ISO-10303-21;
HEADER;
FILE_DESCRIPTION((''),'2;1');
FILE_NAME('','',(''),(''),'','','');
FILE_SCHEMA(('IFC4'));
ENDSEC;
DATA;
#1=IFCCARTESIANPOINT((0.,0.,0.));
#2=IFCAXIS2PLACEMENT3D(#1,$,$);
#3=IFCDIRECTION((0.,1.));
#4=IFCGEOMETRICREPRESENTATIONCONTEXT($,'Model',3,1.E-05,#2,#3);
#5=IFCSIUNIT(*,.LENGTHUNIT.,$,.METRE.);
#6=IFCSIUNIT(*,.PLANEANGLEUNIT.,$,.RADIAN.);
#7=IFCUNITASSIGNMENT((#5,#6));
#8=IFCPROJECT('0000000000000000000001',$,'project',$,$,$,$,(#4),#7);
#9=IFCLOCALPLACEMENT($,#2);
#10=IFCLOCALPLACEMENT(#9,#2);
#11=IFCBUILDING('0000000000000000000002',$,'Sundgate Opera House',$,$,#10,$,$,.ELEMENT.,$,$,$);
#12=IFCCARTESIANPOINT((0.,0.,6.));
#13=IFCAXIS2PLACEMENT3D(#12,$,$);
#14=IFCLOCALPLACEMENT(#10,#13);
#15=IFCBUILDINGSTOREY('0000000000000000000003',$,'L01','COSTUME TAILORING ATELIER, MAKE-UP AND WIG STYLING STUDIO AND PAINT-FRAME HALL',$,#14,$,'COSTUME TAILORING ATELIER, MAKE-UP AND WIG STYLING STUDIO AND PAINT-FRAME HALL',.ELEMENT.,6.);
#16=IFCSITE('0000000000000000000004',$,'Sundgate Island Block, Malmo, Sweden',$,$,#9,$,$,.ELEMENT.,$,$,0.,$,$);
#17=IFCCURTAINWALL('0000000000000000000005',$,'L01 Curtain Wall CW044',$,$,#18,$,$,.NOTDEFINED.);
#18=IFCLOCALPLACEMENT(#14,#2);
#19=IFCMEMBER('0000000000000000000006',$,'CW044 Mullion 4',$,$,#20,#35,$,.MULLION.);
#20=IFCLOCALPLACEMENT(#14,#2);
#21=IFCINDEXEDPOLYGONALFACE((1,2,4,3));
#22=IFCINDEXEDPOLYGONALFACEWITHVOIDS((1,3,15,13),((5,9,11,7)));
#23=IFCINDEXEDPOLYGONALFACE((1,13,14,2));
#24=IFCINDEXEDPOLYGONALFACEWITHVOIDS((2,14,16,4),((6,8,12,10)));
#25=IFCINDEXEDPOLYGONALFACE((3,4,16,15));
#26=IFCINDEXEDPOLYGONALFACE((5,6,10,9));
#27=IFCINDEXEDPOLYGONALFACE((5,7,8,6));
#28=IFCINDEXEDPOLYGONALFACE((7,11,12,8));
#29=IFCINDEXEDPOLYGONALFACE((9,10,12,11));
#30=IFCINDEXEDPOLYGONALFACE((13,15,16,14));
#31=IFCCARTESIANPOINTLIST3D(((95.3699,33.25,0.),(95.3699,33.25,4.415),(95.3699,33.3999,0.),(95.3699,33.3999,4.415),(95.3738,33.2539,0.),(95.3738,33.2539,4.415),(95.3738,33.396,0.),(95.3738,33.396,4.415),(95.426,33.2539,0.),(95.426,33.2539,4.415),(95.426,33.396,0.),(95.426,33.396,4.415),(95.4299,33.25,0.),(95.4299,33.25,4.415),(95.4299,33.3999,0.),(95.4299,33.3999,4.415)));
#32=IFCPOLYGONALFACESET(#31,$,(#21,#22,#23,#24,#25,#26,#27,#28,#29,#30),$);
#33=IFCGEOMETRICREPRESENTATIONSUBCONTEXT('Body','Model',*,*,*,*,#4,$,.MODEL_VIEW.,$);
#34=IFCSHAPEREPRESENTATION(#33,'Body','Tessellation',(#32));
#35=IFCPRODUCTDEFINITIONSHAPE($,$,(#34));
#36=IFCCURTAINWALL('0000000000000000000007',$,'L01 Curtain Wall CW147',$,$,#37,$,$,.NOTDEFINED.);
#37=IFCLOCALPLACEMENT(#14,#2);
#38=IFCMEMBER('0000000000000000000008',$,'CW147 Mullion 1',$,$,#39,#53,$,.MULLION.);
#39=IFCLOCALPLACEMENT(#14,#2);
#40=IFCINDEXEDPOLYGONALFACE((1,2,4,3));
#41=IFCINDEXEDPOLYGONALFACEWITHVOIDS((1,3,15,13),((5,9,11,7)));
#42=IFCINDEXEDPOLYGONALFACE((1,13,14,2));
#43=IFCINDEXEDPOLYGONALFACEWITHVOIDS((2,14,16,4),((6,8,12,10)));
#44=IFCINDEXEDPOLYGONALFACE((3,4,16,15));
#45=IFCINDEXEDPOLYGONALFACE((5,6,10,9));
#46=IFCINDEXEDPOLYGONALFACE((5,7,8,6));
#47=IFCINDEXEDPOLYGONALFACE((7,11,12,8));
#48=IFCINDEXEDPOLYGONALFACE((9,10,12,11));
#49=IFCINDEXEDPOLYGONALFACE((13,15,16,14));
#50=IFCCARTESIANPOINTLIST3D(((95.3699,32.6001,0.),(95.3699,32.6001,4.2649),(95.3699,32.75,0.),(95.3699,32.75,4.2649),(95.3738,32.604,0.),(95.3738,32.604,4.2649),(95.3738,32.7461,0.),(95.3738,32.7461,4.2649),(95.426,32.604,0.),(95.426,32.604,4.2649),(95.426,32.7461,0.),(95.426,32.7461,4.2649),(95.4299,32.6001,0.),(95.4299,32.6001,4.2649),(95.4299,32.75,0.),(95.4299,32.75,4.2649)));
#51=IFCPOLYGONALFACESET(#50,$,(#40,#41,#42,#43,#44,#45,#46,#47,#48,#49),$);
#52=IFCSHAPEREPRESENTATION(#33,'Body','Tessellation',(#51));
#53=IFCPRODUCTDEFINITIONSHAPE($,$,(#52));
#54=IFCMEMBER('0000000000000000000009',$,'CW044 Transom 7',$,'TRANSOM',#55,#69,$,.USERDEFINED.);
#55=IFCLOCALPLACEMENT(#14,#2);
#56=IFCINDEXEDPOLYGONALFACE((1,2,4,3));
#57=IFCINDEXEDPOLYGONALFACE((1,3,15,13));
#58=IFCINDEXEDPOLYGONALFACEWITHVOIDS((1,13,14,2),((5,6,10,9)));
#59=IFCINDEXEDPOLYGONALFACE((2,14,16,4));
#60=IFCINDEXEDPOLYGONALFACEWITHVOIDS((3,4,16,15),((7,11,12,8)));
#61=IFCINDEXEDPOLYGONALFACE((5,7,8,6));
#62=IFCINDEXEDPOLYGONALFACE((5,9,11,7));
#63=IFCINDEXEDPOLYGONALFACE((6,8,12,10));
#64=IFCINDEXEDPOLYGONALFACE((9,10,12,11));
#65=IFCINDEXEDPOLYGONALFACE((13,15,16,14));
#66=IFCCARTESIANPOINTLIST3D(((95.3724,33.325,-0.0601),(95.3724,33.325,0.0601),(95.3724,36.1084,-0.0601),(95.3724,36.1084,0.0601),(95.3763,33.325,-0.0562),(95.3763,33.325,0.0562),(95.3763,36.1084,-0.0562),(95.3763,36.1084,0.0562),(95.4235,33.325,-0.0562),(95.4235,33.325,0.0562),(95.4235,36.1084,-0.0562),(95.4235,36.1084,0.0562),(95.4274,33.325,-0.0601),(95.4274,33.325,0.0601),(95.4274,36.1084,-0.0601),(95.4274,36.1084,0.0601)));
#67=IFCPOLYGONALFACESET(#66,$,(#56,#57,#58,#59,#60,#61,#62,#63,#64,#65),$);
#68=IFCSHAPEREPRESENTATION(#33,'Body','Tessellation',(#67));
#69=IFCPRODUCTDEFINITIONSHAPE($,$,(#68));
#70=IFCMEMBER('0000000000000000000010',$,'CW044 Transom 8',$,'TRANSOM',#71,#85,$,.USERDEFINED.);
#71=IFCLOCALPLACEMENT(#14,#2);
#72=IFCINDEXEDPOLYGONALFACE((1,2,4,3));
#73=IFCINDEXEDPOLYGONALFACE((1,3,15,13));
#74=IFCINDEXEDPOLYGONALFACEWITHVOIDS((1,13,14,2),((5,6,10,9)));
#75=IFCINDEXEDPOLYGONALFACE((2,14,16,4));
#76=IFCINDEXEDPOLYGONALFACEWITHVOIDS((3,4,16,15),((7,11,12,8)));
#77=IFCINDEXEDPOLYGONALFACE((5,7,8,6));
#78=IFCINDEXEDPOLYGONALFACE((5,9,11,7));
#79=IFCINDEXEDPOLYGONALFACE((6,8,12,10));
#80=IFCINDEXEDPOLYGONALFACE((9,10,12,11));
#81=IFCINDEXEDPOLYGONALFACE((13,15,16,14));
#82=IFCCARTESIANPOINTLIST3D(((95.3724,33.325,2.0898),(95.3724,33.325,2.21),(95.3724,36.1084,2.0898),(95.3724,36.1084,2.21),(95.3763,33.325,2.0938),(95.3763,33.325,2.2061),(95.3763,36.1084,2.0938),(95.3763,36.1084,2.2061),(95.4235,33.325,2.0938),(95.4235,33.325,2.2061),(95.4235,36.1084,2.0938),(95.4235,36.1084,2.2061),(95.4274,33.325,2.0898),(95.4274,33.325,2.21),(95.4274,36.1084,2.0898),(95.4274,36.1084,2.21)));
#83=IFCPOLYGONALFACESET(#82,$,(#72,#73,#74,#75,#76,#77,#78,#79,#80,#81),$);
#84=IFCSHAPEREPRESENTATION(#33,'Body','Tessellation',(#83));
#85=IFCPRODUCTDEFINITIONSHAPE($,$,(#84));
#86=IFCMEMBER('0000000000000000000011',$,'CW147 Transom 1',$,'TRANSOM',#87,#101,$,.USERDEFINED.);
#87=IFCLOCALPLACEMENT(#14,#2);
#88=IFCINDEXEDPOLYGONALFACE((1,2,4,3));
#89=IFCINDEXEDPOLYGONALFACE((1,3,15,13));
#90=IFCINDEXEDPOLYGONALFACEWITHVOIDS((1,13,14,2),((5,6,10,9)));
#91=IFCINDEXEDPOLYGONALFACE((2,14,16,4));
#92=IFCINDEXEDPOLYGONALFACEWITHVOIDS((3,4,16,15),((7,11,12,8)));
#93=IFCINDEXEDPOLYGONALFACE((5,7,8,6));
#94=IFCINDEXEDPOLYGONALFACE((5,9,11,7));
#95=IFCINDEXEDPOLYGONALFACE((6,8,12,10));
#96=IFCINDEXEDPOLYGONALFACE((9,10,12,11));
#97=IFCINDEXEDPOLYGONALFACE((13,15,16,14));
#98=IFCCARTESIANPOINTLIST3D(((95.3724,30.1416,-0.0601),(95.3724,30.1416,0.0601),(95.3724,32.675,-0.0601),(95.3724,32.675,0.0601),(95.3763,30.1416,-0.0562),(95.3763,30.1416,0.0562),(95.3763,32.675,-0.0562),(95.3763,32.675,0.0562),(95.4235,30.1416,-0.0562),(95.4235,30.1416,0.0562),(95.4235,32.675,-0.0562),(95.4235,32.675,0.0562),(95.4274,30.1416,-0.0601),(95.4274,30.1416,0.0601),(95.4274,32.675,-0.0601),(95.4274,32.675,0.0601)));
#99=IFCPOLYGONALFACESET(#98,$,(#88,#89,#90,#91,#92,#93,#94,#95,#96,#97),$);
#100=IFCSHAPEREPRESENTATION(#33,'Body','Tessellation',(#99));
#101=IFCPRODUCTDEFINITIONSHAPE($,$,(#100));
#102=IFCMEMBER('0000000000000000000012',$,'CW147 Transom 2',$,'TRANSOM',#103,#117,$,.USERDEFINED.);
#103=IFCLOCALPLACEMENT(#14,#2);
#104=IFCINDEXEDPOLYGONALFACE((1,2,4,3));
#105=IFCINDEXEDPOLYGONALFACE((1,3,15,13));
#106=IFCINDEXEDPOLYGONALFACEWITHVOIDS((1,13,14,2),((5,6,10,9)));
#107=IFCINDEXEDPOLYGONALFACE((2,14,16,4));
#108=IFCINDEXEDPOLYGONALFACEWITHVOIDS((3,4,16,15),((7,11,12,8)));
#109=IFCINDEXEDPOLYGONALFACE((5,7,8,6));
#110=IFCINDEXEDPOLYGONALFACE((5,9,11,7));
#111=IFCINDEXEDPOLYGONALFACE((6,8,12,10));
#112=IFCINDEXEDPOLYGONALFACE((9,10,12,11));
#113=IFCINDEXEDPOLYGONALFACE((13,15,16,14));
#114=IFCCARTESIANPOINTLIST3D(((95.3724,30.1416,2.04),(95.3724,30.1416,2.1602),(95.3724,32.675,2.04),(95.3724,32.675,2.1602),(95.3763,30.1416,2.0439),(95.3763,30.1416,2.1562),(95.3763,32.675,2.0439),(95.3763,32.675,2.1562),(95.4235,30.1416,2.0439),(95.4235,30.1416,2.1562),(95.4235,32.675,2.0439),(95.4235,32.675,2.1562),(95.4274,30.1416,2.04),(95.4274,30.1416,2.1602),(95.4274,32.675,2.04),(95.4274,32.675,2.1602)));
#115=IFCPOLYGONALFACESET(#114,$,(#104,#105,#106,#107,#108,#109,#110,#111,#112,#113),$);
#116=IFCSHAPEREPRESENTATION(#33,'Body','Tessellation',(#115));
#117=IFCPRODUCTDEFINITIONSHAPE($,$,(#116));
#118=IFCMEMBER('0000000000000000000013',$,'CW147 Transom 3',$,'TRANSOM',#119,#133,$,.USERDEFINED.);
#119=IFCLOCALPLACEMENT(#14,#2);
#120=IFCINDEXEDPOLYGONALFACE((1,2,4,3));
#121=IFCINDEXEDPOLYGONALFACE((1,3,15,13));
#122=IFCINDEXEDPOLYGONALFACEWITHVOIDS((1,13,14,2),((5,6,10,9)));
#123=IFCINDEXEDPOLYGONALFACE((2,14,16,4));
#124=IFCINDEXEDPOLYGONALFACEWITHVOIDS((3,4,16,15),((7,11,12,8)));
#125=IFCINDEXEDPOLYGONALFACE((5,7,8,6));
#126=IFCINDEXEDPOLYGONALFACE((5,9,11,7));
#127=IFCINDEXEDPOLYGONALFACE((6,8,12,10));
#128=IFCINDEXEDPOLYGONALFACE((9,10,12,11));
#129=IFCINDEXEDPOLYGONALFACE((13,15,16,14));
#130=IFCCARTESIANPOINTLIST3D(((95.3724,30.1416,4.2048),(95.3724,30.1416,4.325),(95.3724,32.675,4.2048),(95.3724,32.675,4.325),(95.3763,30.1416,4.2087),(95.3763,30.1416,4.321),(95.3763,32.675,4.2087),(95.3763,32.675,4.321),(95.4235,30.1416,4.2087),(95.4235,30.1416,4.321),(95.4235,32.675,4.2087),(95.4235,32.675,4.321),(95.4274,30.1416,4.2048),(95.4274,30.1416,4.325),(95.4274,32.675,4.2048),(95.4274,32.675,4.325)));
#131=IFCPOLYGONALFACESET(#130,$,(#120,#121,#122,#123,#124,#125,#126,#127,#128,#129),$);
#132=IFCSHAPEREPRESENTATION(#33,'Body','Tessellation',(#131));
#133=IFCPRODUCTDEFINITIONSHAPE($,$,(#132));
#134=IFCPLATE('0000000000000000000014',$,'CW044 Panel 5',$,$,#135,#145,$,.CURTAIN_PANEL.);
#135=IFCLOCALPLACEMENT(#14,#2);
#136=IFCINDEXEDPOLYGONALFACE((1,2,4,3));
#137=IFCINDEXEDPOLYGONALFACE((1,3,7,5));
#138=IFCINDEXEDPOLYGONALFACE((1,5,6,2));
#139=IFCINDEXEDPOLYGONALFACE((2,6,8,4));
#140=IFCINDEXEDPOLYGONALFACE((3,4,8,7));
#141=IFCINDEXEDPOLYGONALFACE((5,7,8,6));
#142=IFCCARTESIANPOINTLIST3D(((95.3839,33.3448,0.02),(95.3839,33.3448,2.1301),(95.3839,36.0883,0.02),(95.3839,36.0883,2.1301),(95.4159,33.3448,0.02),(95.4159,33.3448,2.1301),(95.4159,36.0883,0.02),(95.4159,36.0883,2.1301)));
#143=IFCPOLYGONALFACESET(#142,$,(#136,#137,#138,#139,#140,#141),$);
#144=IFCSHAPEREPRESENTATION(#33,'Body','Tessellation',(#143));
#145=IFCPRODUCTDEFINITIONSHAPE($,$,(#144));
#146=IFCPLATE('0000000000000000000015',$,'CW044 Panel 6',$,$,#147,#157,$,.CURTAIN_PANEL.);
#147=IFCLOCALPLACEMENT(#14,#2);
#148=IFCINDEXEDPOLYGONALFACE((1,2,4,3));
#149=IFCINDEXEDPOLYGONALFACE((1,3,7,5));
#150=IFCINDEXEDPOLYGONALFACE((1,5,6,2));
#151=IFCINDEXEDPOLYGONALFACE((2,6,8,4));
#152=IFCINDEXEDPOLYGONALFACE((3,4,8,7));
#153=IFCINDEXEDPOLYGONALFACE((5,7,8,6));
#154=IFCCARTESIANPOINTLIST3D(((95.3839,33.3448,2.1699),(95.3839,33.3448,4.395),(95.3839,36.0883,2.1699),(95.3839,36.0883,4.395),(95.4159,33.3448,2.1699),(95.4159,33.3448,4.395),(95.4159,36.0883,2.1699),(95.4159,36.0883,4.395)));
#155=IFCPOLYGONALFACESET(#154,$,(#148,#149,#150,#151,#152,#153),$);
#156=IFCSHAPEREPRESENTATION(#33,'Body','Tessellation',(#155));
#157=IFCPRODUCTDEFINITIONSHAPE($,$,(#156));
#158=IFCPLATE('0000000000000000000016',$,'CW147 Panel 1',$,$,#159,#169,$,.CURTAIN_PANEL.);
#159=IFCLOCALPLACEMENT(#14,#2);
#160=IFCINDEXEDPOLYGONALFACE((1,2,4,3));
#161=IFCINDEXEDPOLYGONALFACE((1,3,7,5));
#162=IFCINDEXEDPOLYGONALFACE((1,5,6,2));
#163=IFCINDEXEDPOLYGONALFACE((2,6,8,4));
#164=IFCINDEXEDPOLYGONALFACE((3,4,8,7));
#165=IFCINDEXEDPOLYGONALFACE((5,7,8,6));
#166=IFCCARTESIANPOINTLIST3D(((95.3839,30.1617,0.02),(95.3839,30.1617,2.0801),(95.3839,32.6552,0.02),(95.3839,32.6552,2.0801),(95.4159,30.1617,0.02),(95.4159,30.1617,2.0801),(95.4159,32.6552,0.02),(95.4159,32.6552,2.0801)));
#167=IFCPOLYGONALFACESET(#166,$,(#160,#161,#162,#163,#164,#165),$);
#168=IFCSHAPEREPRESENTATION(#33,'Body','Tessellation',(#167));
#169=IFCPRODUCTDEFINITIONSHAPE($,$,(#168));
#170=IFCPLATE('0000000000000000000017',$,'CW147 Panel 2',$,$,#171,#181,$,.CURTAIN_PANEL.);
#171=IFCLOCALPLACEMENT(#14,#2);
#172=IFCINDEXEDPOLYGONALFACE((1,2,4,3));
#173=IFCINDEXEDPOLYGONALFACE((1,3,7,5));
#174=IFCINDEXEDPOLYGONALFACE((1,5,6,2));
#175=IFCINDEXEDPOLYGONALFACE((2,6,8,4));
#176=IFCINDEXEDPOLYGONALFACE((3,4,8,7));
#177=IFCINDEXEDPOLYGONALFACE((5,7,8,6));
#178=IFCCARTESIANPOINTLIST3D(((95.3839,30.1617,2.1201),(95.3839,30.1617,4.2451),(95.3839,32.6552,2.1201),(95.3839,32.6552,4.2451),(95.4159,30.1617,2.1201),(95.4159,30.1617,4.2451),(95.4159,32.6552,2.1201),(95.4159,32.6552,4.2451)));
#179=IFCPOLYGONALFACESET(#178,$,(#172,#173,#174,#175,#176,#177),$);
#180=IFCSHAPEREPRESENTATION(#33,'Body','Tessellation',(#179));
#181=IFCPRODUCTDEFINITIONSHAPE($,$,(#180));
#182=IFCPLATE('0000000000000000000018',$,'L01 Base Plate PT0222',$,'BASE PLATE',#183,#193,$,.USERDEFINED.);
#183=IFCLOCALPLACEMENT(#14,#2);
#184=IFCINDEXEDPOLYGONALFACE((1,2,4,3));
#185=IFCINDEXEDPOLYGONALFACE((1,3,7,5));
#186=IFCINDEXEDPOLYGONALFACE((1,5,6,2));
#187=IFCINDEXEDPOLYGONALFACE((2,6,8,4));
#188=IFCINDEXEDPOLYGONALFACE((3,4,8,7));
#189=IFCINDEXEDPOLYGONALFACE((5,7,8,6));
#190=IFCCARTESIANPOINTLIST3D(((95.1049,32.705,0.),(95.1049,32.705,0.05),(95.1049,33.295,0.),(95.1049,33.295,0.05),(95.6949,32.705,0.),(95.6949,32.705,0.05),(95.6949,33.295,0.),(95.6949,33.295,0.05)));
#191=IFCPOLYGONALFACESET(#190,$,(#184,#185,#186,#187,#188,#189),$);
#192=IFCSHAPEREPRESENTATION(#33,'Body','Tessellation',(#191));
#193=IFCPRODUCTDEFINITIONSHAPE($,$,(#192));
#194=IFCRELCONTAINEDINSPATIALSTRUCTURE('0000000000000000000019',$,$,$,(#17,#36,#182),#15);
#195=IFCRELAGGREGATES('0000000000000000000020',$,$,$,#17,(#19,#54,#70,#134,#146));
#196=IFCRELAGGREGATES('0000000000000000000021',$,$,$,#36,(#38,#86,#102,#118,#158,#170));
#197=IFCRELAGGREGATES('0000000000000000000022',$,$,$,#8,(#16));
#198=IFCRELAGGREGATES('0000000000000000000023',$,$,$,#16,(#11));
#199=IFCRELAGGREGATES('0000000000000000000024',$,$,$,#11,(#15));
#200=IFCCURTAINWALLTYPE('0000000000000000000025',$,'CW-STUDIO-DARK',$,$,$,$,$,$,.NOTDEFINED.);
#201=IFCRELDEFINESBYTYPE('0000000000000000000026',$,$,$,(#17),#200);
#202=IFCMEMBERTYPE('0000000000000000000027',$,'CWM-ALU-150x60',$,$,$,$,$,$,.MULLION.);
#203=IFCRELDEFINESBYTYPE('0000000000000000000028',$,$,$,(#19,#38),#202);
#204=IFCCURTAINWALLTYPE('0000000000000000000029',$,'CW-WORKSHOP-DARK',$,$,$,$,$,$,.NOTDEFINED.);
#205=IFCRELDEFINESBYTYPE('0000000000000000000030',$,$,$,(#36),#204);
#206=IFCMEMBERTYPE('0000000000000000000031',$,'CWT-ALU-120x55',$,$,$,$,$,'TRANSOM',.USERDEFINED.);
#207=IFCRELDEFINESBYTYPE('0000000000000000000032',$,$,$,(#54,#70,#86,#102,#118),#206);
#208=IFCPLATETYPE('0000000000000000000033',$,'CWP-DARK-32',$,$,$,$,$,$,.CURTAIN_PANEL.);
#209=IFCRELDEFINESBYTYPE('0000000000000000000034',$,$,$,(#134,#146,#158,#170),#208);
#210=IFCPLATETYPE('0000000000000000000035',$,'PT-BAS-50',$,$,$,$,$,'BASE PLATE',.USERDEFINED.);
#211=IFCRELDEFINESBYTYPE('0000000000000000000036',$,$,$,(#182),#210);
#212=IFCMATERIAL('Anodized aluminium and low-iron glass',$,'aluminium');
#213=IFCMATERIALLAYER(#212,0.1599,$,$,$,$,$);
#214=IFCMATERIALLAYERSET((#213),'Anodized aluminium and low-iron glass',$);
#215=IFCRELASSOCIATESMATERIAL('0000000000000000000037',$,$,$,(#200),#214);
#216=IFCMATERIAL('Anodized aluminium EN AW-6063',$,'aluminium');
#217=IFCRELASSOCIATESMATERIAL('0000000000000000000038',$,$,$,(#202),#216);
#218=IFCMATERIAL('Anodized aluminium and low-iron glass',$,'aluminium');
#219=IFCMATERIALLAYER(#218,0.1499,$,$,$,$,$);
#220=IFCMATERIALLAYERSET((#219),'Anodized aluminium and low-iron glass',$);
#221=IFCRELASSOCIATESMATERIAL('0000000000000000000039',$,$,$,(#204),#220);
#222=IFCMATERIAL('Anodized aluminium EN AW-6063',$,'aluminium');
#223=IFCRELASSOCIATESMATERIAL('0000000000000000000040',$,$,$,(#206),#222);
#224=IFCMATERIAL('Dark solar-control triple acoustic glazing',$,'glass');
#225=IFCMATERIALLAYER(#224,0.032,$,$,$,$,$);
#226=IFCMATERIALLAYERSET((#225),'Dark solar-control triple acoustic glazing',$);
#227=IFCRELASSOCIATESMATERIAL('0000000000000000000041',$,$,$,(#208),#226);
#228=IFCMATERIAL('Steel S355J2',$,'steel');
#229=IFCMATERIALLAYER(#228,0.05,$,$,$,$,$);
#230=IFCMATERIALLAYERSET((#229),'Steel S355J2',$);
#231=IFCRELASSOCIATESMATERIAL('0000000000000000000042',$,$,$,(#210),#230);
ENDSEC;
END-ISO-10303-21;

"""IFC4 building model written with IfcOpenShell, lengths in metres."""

from ifc_helpers import new_model, si_unit, direction, frame, origin, origin_2d, place, context, subcontext, project, spatial, rectangle, hollow_rectangle, extrude, material, layer, layer_set, material_profile, profile_set, type_object, element, aggregate, save


model = new_model("IFC4")

# Units and contexts
model_context = context("Model", 3, precision=1e-05, world=origin(), true_north=direction((0.0, 1.0)))
body_context = subcontext(model_context, "Body", "Model", "MODEL_VIEW")
ifc_project = project(units=[si_unit("LENGTHUNIT", "METRE"), si_unit("PLANEANGLEUNIT", "RADIAN")], contexts=[model_context])

# Site, building, storey
site_placement = place(None, origin())
site = spatial("IfcSite", under=ifc_project, at=site_placement, Name="Sundgate Island Block, Malmo, Sweden", CompositionType="ELEMENT", RefElevation=0.0)
building_placement = place(site_placement, origin())
building = spatial("IfcBuilding", under=site, at=building_placement, Name="Sundgate Opera House", CompositionType="ELEMENT")
storey_placement = place(building_placement, frame((0.0, 0.0, 6.0)))
storey = spatial("IfcBuildingStorey", under=building, at=storey_placement, Name="L01", Description="COSTUME TAILORING ATELIER, MAKE-UP AND WIG STYLING STUDIO AND PAINT-FRAME HALL", LongName="COSTUME TAILORING ATELIER, MAKE-UP AND WIG STYLING STUDIO AND PAINT-FRAME HALL", CompositionType="ELEMENT", Elevation=6.0)

# Curtain wall, member
ifc_material_1 = material(Name="Anodized aluminium and low-iron glass", Category="aluminium")
ifc_layer_1 = layer(ifc_material_1, 0.1599)
ifc_layer_set_1 = layer_set([ifc_layer_1], Name="Anodized aluminium and low-iron glass")
curtain_wall_type_1 = type_object("IfcCurtainWallType", Name="CW-STUDIO-DARK", PredefinedType="NOTDEFINED", material=ifc_layer_set_1)
curtain_wall_1_placement = place(storey_placement, origin())
curtain_wall_1 = element("IfcCurtainWall", 1, at=curtain_wall_1_placement, inside=storey, type_object=curtain_wall_type_1, Name="L01 Curtain Wall CW044", PredefinedType="NOTDEFINED")
ifc_material_2 = material(Name="Anodized aluminium EN AW-6063", Category="aluminium")
ifc_material_profile_1 = material_profile(ifc_material_2, hollow_rectangle(XDim=0.0601, YDim=0.1499, WallThickness=0.0039, at=origin_2d()), Name="CWM 150x60x4")
ifc_profile_set_1 = profile_set([ifc_material_profile_1], Name="Anodized aluminium EN AW-6063")
member_type_1 = type_object("IfcMemberType", Name="CWM-ALU-150x60", PredefinedType="MULLION", material=ifc_profile_set_1)
member_1_placement = place(storey_placement, frame((95.3999, 33.325, 0.0), z_axis=(0.0, 0.0, 1.0), x_axis=(1.0, 0.0, 0.0)))
member_1 = element("IfcMember", 2, at=member_1_placement, type_object=member_type_1, Name="CW044 Mullion 4", PredefinedType="MULLION", context=body_context, shape_type="SweptSolid", body=[
    extrude(hollow_rectangle(XDim=0.0601, YDim=0.1499, WallThickness=0.0039, at=origin_2d()), origin(), (0.0, 0.0, 1.0), 4.415),
])

# Curtain wall, member
ifc_material_3 = material(Name="Anodized aluminium and low-iron glass", Category="aluminium")
ifc_layer_2 = layer(ifc_material_3, 0.1499)
ifc_layer_set_2 = layer_set([ifc_layer_2], Name="Anodized aluminium and low-iron glass")
curtain_wall_type_2 = type_object("IfcCurtainWallType", Name="CW-WORKSHOP-DARK", PredefinedType="NOTDEFINED", material=ifc_layer_set_2)
curtain_wall_2_placement = place(storey_placement, origin())
curtain_wall_2 = element("IfcCurtainWall", 3, at=curtain_wall_2_placement, inside=storey, type_object=curtain_wall_type_2, Name="L01 Curtain Wall CW147", PredefinedType="NOTDEFINED")
member_2_placement = place(storey_placement, frame((95.3999, 32.675, 0.0), z_axis=(0.0, 0.0, 1.0), x_axis=(1.0, 0.0, 0.0)))
member_2 = element("IfcMember", 4, at=member_2_placement, type_object=member_type_1, Name="CW147 Mullion 1", PredefinedType="MULLION", context=body_context, shape_type="SweptSolid", body=[
    extrude(hollow_rectangle(XDim=0.0601, YDim=0.1499, WallThickness=0.0039, at=origin_2d()), origin(), (0.0, 0.0, 1.0), 4.2649),
])

# Members
ifc_material_4 = material(Name="Anodized aluminium EN AW-6063", Category="aluminium")
ifc_material_profile_2 = material_profile(ifc_material_4, hollow_rectangle(XDim=0.0549, YDim=0.1201, WallThickness=0.0039, at=origin_2d()), Name="CWT 120x55x4")
ifc_profile_set_2 = profile_set([ifc_material_profile_2], Name="Anodized aluminium EN AW-6063")
member_type_2 = type_object("IfcMemberType", Name="CWT-ALU-120x55", ElementType="TRANSOM", PredefinedType="USERDEFINED", material=ifc_profile_set_2)
member_3_placement = place(storey_placement, frame((95.3999, 36.1084, 0.0), z_axis=(0.0, -1.0, 0.0), x_axis=(1.0, 0.0, 0.0)))
member_3 = element("IfcMember", 5, at=member_3_placement, type_object=member_type_2, Name="CW044 Transom 7", ObjectType="TRANSOM", PredefinedType="USERDEFINED", context=body_context, shape_type="SweptSolid", body=[
    extrude(hollow_rectangle(XDim=0.0549, YDim=0.1201, WallThickness=0.0039, at=origin_2d()), origin(), (0.0, 0.0, 1.0), 2.7834),
])
member_4_placement = place(storey_placement, frame((95.3999, 36.1084, 2.1499), z_axis=(0.0, -1.0, 0.0), x_axis=(1.0, 0.0, 0.0)))
member_4 = element("IfcMember", 6, at=member_4_placement, type_object=member_type_2, Name="CW044 Transom 8", ObjectType="TRANSOM", PredefinedType="USERDEFINED", context=body_context, shape_type="SweptSolid", body=[
    extrude(hollow_rectangle(XDim=0.0549, YDim=0.1201, WallThickness=0.0039, at=origin_2d()), origin(), (0.0, 0.0, 1.0), 2.7834),
])
member_5_placement = place(storey_placement, frame((95.3999, 32.675, 0.0), z_axis=(0.0, -1.0, 0.0), x_axis=(1.0, 0.0, 0.0)))
member_5 = element("IfcMember", 7, at=member_5_placement, type_object=member_type_2, Name="CW147 Transom 1", ObjectType="TRANSOM", PredefinedType="USERDEFINED", context=body_context, shape_type="SweptSolid", body=[
    extrude(hollow_rectangle(XDim=0.0549, YDim=0.1201, WallThickness=0.0039, at=origin_2d()), origin(), (0.0, 0.0, 1.0), 2.5334),
])
member_6_placement = place(storey_placement, frame((95.3999, 32.675, 2.1001), z_axis=(0.0, -1.0, 0.0), x_axis=(1.0, 0.0, 0.0)))
member_6 = element("IfcMember", 8, at=member_6_placement, type_object=member_type_2, Name="CW147 Transom 2", ObjectType="TRANSOM", PredefinedType="USERDEFINED", context=body_context, shape_type="SweptSolid", body=[
    extrude(hollow_rectangle(XDim=0.0549, YDim=0.1201, WallThickness=0.0039, at=origin_2d()), origin(), (0.0, 0.0, 1.0), 2.5334),
])
member_7_placement = place(storey_placement, frame((95.3999, 32.675, 4.2649), z_axis=(0.0, -1.0, 0.0), x_axis=(1.0, 0.0, 0.0)))
member_7 = element("IfcMember", 9, at=member_7_placement, type_object=member_type_2, Name="CW147 Transom 3", ObjectType="TRANSOM", PredefinedType="USERDEFINED", context=body_context, shape_type="SweptSolid", body=[
    extrude(hollow_rectangle(XDim=0.0549, YDim=0.1201, WallThickness=0.0039, at=origin_2d()), origin(), (0.0, 0.0, 1.0), 2.5334),
])

# Plates
ifc_material_5 = material(Name="Dark solar-control triple acoustic glazing", Category="glass")
ifc_layer_3 = layer(ifc_material_5, 0.032)
ifc_layer_set_3 = layer_set([ifc_layer_3], Name="Dark solar-control triple acoustic glazing")
plate_type_1 = type_object("IfcPlateType", Name="CWP-DARK-32", PredefinedType="CURTAIN_PANEL", material=ifc_layer_set_3)
plate_1_placement = place(storey_placement, frame((95.3999, 34.7166, 0.02), z_axis=(0.0, 0.0, 1.0), x_axis=(0.0, -1.0, 0.0)))
plate_1 = element("IfcPlate", 10, at=plate_1_placement, type_object=plate_type_1, Name="CW044 Panel 5", PredefinedType="CURTAIN_PANEL", context=body_context, shape_type="SweptSolid", body=[
    extrude(rectangle(XDim=2.7434, YDim=0.032, at=origin_2d()), origin(), (0.0, 0.0, 1.0), 2.1101),
])
plate_2_placement = place(storey_placement, frame((95.3999, 34.7166, 2.1699), z_axis=(0.0, 0.0, 1.0), x_axis=(0.0, -1.0, 0.0)))
plate_2 = element("IfcPlate", 11, at=plate_2_placement, type_object=plate_type_1, Name="CW044 Panel 6", PredefinedType="CURTAIN_PANEL", context=body_context, shape_type="SweptSolid", body=[
    extrude(rectangle(XDim=2.7434, YDim=0.032, at=origin_2d()), origin(), (0.0, 0.0, 1.0), 2.2251),
])
aggregate(curtain_wall_1, [member_1, member_3, member_4, plate_1, plate_2])
plate_3_placement = place(storey_placement, frame((95.3999, 31.4084, 0.02), z_axis=(0.0, 0.0, 1.0), x_axis=(0.0, -1.0, 0.0)))
plate_3 = element("IfcPlate", 12, at=plate_3_placement, type_object=plate_type_1, Name="CW147 Panel 1", PredefinedType="CURTAIN_PANEL", context=body_context, shape_type="SweptSolid", body=[
    extrude(rectangle(XDim=2.4934, YDim=0.032, at=origin_2d()), origin(), (0.0, 0.0, 1.0), 2.0601),
])
plate_4_placement = place(storey_placement, frame((95.3999, 31.4084, 2.1201), z_axis=(0.0, 0.0, 1.0), x_axis=(0.0, -1.0, 0.0)))
plate_4 = element("IfcPlate", 13, at=plate_4_placement, type_object=plate_type_1, Name="CW147 Panel 2", PredefinedType="CURTAIN_PANEL", context=body_context, shape_type="SweptSolid", body=[
    extrude(rectangle(XDim=2.4934, YDim=0.032, at=origin_2d()), origin(), (0.0, 0.0, 1.0), 2.125),
])
aggregate(curtain_wall_2, [member_2, member_5, member_6, member_7, plate_3, plate_4])

# Plate
ifc_material_6 = material(Name="Steel S355J2", Category="steel")
ifc_layer_4 = layer(ifc_material_6, 0.05)
ifc_layer_set_4 = layer_set([ifc_layer_4], Name="Steel S355J2")
plate_type_2 = type_object("IfcPlateType", Name="PT-BAS-50", ElementType="BASE PLATE", PredefinedType="USERDEFINED", material=ifc_layer_set_4)
plate_5_placement = place(storey_placement, frame((95.3999, 33.0, 0.0), z_axis=(0.0, 0.0, 1.0), x_axis=(1.0, 0.0, 0.0)))
element("IfcPlate", 14, at=plate_5_placement, inside=storey, type_object=plate_type_2, Name="L01 Base Plate PT0222", ObjectType="BASE PLATE", PredefinedType="USERDEFINED", context=body_context, shape_type="SweptSolid", body=[
    extrude(rectangle(XDim=0.5901, YDim=0.5901, at=origin_2d()), origin(), (0.0, 0.0, 1.0), 0.05),
])

save(model, "model.ifc")
